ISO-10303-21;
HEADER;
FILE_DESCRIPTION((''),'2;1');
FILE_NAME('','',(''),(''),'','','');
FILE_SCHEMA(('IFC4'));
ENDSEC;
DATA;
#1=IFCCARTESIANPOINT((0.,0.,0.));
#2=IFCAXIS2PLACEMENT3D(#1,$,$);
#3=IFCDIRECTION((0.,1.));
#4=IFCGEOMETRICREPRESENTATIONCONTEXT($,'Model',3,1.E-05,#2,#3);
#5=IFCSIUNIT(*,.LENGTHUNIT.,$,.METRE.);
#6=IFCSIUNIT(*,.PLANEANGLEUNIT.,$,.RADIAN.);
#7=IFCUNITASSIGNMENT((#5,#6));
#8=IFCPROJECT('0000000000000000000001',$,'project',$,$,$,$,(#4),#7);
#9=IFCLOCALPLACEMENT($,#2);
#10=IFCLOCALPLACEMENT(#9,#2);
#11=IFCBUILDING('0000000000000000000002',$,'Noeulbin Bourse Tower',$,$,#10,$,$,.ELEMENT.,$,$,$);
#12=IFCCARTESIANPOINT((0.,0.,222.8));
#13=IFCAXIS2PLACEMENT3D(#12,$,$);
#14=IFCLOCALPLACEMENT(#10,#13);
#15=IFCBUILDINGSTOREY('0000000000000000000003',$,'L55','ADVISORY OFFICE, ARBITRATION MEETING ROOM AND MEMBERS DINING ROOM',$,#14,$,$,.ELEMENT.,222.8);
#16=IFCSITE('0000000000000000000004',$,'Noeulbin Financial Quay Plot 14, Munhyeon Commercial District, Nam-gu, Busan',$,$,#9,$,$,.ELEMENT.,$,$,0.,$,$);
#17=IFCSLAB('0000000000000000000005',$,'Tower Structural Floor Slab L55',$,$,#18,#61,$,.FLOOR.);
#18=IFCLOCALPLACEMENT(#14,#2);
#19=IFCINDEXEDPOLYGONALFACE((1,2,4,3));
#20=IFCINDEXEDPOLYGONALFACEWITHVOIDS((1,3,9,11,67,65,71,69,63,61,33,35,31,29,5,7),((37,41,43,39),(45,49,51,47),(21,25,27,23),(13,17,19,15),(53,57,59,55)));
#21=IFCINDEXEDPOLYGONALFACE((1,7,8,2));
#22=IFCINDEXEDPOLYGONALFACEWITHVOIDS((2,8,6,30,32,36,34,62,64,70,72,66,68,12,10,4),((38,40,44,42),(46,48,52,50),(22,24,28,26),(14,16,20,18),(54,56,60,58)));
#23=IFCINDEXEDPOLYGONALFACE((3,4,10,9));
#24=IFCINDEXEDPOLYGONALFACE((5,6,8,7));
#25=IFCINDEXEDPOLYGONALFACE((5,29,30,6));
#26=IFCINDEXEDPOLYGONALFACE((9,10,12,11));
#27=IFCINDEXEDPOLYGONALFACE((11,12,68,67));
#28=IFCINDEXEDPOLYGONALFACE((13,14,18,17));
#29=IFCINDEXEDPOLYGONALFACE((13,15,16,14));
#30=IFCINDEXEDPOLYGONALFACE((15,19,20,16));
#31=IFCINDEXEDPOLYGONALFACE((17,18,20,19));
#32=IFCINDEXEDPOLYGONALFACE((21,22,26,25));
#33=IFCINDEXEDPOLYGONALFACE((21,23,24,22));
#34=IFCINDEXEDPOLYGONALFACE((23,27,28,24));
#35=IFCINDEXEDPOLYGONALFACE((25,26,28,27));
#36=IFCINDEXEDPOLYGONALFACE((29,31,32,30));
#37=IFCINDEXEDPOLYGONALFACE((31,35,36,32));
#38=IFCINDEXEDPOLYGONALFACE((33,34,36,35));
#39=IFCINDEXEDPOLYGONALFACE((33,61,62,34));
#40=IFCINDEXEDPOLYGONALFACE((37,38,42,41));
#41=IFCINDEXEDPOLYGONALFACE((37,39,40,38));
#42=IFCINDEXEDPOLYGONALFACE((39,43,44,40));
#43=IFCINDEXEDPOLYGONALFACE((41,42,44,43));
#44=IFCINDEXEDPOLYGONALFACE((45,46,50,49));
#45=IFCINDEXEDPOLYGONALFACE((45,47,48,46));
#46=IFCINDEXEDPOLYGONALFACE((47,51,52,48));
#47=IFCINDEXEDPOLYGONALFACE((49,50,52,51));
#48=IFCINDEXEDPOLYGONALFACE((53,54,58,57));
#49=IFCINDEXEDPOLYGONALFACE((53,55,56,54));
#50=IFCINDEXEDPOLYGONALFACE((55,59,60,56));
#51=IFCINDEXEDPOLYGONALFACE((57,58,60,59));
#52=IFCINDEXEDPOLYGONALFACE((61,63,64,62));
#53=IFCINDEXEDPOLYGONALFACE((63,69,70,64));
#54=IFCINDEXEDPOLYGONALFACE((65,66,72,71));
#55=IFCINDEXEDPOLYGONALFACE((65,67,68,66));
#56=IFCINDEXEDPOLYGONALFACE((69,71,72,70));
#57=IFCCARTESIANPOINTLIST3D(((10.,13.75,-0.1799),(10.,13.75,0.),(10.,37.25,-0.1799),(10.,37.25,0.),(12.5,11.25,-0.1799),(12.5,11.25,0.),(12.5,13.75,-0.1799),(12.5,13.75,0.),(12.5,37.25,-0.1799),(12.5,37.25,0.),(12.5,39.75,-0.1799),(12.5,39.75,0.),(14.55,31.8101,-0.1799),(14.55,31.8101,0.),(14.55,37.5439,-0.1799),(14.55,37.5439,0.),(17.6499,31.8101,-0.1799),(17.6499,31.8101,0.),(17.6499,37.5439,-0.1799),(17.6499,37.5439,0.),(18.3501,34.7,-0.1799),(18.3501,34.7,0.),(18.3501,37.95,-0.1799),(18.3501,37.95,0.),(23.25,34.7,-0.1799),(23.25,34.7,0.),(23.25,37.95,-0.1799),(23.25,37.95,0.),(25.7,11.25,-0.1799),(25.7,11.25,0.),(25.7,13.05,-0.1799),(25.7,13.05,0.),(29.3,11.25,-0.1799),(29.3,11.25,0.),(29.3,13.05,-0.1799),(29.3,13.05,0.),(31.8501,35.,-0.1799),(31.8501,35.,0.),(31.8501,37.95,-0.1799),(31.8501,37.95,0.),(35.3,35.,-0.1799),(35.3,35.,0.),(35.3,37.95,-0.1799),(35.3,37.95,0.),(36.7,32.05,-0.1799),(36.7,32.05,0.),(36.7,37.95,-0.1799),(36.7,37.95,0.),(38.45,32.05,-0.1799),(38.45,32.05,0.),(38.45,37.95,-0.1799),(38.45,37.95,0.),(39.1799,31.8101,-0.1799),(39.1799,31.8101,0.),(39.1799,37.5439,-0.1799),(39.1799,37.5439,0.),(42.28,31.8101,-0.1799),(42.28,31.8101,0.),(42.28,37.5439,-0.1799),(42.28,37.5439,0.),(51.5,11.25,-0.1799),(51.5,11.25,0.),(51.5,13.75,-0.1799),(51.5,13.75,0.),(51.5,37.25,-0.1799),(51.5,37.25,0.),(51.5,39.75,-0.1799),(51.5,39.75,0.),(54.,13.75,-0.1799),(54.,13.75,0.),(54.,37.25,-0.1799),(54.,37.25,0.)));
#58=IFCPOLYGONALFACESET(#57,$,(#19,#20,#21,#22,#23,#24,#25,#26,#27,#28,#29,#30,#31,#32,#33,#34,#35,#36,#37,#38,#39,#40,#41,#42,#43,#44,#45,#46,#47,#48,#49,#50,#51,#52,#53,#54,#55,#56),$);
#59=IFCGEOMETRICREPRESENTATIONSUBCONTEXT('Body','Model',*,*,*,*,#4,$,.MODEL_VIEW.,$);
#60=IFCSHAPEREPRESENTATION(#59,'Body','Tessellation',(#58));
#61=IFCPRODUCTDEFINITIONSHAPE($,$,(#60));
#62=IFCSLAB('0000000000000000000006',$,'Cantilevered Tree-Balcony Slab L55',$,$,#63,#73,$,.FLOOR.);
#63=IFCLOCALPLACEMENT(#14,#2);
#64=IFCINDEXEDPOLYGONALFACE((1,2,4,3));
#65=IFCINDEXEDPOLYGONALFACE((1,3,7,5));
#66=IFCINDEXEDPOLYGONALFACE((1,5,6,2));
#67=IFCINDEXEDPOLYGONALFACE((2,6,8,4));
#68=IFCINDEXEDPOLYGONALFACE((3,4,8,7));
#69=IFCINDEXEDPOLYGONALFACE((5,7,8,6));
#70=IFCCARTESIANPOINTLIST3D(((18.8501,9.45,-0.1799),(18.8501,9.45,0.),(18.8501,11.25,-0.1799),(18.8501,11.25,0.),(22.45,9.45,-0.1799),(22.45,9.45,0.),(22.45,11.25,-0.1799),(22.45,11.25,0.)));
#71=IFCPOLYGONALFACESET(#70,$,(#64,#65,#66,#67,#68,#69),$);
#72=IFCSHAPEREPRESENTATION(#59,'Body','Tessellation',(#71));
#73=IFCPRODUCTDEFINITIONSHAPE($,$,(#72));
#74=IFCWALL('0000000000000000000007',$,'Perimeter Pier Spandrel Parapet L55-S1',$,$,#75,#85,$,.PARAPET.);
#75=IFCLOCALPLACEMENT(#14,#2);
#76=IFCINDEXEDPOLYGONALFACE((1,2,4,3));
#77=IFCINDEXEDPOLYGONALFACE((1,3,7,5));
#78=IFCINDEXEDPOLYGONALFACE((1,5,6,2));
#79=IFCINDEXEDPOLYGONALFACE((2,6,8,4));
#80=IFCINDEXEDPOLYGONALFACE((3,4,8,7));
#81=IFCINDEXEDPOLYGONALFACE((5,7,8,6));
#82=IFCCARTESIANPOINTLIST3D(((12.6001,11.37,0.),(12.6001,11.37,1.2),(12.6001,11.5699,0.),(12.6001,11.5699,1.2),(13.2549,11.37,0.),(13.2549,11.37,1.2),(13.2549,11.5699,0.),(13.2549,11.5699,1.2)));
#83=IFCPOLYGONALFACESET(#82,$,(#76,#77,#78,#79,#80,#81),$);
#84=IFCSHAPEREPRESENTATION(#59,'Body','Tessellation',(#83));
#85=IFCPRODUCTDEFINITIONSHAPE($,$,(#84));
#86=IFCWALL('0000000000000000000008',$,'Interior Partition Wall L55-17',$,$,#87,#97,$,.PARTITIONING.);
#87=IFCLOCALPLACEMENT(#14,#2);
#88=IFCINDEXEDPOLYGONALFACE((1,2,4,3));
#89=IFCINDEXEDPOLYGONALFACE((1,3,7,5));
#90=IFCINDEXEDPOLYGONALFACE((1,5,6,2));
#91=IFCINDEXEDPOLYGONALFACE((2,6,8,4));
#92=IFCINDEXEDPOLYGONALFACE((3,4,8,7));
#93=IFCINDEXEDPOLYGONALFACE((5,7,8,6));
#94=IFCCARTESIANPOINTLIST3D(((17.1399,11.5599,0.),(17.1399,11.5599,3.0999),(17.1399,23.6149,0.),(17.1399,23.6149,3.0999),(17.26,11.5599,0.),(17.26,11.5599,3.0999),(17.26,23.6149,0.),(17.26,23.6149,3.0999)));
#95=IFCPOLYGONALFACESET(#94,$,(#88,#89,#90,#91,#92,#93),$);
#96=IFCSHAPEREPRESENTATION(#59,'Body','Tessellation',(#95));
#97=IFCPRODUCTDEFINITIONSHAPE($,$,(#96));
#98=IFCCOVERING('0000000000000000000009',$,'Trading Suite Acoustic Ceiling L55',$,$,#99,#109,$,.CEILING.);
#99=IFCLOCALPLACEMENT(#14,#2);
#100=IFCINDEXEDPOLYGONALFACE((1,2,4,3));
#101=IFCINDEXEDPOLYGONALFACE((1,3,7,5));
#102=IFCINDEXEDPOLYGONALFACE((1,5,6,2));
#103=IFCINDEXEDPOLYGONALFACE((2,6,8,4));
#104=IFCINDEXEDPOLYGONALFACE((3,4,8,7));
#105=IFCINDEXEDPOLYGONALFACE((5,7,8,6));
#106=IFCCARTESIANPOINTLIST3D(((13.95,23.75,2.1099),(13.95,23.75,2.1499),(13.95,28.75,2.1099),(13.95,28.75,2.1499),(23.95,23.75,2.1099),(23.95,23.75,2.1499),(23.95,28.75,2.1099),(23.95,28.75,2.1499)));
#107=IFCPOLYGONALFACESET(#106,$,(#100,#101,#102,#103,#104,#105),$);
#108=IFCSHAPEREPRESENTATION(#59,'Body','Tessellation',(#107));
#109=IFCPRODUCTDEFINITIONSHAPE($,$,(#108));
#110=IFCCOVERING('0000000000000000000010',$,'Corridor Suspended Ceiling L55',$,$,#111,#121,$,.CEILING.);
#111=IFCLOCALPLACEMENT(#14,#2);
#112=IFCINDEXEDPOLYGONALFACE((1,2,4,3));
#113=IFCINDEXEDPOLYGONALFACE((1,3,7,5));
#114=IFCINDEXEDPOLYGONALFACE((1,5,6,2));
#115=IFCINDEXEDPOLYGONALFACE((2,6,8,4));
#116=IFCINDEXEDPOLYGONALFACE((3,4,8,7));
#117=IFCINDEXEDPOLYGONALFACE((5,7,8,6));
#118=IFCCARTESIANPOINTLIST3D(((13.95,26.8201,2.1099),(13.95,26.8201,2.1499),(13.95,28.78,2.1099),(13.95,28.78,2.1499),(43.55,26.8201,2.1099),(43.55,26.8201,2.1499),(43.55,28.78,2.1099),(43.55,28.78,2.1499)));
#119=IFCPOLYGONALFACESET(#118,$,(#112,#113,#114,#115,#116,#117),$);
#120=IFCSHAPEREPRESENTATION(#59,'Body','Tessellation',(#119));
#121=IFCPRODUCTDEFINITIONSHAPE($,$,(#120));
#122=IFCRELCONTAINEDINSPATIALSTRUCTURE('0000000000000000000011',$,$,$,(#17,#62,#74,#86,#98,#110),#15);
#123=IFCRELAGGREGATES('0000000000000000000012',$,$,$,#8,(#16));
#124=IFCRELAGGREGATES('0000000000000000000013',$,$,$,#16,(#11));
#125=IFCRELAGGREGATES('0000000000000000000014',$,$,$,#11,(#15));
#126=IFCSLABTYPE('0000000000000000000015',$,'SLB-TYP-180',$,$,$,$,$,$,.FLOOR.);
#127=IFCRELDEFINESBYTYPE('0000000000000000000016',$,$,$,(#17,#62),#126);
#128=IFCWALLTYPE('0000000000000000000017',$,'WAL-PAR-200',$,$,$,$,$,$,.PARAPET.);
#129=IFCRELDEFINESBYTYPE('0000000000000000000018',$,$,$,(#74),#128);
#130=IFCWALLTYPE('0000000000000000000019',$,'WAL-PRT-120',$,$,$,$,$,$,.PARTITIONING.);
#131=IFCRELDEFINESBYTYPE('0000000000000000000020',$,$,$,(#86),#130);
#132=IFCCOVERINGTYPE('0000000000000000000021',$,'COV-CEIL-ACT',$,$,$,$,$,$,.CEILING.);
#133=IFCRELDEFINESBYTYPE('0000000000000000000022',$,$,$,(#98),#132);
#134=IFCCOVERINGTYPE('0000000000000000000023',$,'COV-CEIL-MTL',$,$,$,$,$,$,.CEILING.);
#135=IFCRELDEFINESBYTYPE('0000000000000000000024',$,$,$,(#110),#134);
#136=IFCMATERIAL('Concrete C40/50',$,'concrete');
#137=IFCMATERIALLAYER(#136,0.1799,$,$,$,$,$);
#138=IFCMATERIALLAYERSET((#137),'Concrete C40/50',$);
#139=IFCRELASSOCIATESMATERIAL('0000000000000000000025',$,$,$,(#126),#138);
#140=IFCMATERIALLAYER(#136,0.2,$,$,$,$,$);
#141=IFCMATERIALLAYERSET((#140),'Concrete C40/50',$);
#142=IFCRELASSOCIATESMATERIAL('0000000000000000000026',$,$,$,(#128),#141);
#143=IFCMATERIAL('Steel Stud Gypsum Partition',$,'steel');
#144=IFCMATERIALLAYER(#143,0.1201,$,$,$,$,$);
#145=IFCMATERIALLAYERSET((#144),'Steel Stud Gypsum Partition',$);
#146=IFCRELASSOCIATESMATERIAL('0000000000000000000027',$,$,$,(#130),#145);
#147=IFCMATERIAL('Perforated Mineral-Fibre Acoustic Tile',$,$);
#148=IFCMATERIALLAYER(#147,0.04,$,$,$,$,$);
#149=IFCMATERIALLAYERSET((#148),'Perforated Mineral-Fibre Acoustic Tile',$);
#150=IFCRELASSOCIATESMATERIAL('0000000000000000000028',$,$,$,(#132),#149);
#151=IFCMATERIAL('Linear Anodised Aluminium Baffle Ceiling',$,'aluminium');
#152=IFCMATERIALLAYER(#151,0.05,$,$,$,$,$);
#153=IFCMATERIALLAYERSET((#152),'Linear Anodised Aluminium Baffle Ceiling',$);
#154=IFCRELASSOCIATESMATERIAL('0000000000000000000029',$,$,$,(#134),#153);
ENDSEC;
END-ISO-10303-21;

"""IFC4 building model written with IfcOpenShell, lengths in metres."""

from ifc_helpers import new_model, si_unit, direction, frame, frame_2d, origin, place, context, subcontext, project, spatial, polyline, rectangle, outline, extrude, material, layer, layer_set, type_object, element, save


model = new_model("IFC4")

# Units and contexts
model_context = context("Model", 3, precision=1e-05, world=origin(), true_north=direction((0.0, 1.0)))
body_context = subcontext(model_context, "Body", "Model", "MODEL_VIEW")
ifc_project = project(units=[si_unit("LENGTHUNIT", "METRE"), si_unit("PLANEANGLEUNIT", "RADIAN")], contexts=[model_context])

# Site, building, storey
site_placement = place(None, origin())
site = spatial("IfcSite", under=ifc_project, at=site_placement, Name="Noeulbin Financial Quay Plot 14, Munhyeon Commercial District, Nam-gu, Busan", CompositionType="ELEMENT", RefElevation=0.0)
building_placement = place(site_placement, origin())
building = spatial("IfcBuilding", under=site, at=building_placement, Name="Noeulbin Bourse Tower", CompositionType="ELEMENT")
storey_placement = place(building_placement, frame((0.0, 0.0, 222.8)))
storey = spatial("IfcBuildingStorey", under=building, at=storey_placement, Name="L55", Description="ADVISORY OFFICE, ARBITRATION MEETING ROOM AND MEMBERS DINING ROOM", CompositionType="ELEMENT", Elevation=222.8)

# Shared definitions
ifc_material_1 = material(Name="Concrete C40/50", Category="concrete")

# Slab, openings
ifc_layer_1 = layer(ifc_material_1, 0.1799)
ifc_layer_set_1 = layer_set([ifc_layer_1], Name="Concrete C40/50")
slab_type_1 = type_object("IfcSlabType", Name="SLB-TYP-180", PredefinedType="FLOOR", material=ifc_layer_set_1)
slab_1_placement = place(storey_placement, frame((0.0, 0.0, -0.1799)))
slab_1 = element("IfcSlab", 1, at=slab_1_placement, inside=storey, type_object=slab_type_1, Name="Tower Structural Floor Slab L55", PredefinedType="FLOOR", context=body_context, shape_type="SweptSolid", body=[
    extrude(outline(polyline([(12.5, 11.25), (25.7, 11.25), (25.7, 13.05), (29.3, 13.05), (29.3, 11.25), (51.5, 11.25), (51.5, 13.75), (54.0, 13.75), (54.0, 37.25), (51.5, 37.25), (51.5, 39.75), (12.5, 39.75), (12.5, 37.25), (10.0, 37.25), (10.0, 13.75), (12.5, 13.75), (12.5, 11.25)]), holes=[polyline([(17.6499, 31.8101), (17.6499, 37.5439), (14.55, 37.5439), (14.55, 31.8101), (17.6499, 31.8101)]), polyline([(42.28, 31.8101), (42.28, 37.5439), (39.1799, 37.5439), (39.1799, 31.8101), (42.28, 31.8101)]), polyline([(18.3501, 34.7), (23.25, 34.7), (23.25, 37.95), (18.3501, 37.95), (18.3501, 34.7)]), polyline([(36.7, 32.05), (38.45, 32.05), (38.45, 37.95), (36.7, 37.95), (36.7, 32.05)]), polyline([(31.8501, 35.0), (35.3, 35.0), (35.3, 37.95), (31.8501, 37.95), (31.8501, 35.0)])]), origin(), (0.0, 0.0, 1.0), 0.1799),
])
opening_1_placement = place(slab_1_placement, frame((0.0, 0.0, -0.01)))
element("IfcOpeningElement", 2, at=opening_1_placement, cuts=slab_1, PredefinedType="OPENING", context=body_context, shape_type="SweptSolid", body=[
    extrude(outline(polyline([(17.6499, 31.8101), (17.6499, 37.5439), (14.55, 37.5439), (14.55, 31.8101), (17.6499, 31.8101)])), origin(), (0.0, 0.0, 1.0), 0.2),
])
opening_2_placement = place(slab_1_placement, frame((0.0, 0.0, -0.01)))
element("IfcOpeningElement", 3, at=opening_2_placement, cuts=slab_1, PredefinedType="OPENING", context=body_context, shape_type="SweptSolid", body=[
    extrude(outline(polyline([(42.28, 31.8101), (42.28, 37.5439), (39.1799, 37.5439), (39.1799, 31.8101), (42.28, 31.8101)])), origin(), (0.0, 0.0, 1.0), 0.2),
])
opening_3_placement = place(slab_1_placement, frame((0.0, 0.0, -0.01)))
element("IfcOpeningElement", 4, at=opening_3_placement, cuts=slab_1, PredefinedType="OPENING", context=body_context, shape_type="SweptSolid", body=[
    extrude(outline(polyline([(18.3501, 34.7), (23.25, 34.7), (23.25, 37.95), (18.3501, 37.95), (18.3501, 34.7)])), origin(), (0.0, 0.0, 1.0), 0.2),
])
opening_4_placement = place(slab_1_placement, frame((0.0, 0.0, -0.01)))
element("IfcOpeningElement", 5, at=opening_4_placement, cuts=slab_1, PredefinedType="OPENING", context=body_context, shape_type="SweptSolid", body=[
    extrude(outline(polyline([(36.7, 32.05), (38.45, 32.05), (38.45, 37.95), (36.7, 37.95), (36.7, 32.05)])), origin(), (0.0, 0.0, 1.0), 0.2),
])
opening_5_placement = place(slab_1_placement, frame((0.0, 0.0, -0.01)))
element("IfcOpeningElement", 6, at=opening_5_placement, cuts=slab_1, PredefinedType="OPENING", context=body_context, shape_type="SweptSolid", body=[
    extrude(outline(polyline([(31.8501, 35.0), (35.3, 35.0), (35.3, 37.95), (31.8501, 37.95), (31.8501, 35.0)])), origin(), (0.0, 0.0, 1.0), 0.2),
])

# Slab
slab_2_placement = place(storey_placement, frame((0.0, 0.0, -0.1799)))
element("IfcSlab", 7, at=slab_2_placement, inside=storey, type_object=slab_type_1, Name="Cantilevered Tree-Balcony Slab L55", PredefinedType="FLOOR", context=body_context, shape_type="SweptSolid", body=[
    extrude(outline(polyline([(18.8501, 9.45), (22.45, 9.45), (22.45, 11.25), (18.8501, 11.25), (18.8501, 9.45)])), origin(), (0.0, 0.0, 1.0), 0.1799),
])

# Walls
ifc_layer_2 = layer(ifc_material_1, 0.2)
ifc_layer_set_2 = layer_set([ifc_layer_2], Name="Concrete C40/50")
wall_type_1 = type_object("IfcWallType", Name="WAL-PAR-200", PredefinedType="PARAPET", material=ifc_layer_set_2)
wall_1_placement = place(storey_placement, frame((12.6001, 11.47, 0.0), z_axis=(0.0, 0.0, 1.0), x_axis=(1.0, 0.0, 0.0)))
element("IfcWall", 8, at=wall_1_placement, inside=storey, type_object=wall_type_1, Name="Perimeter Pier Spandrel Parapet L55-S1", PredefinedType="PARAPET", context=body_context, shape_type="SweptSolid", body=[
    extrude(rectangle(XDim=0.6548, YDim=0.2, at=frame_2d((0.3274, 0.0))), origin(), (0.0, 0.0, 1.0), 1.2),
])
ifc_material_2 = material(Name="Steel Stud Gypsum Partition", Category="steel")
ifc_layer_3 = layer(ifc_material_2, 0.1201)
ifc_layer_set_3 = layer_set([ifc_layer_3], Name="Steel Stud Gypsum Partition")
wall_type_2 = type_object("IfcWallType", Name="WAL-PRT-120", PredefinedType="PARTITIONING", material=ifc_layer_set_3)
wall_2_placement = place(storey_placement, frame((17.2, 11.5601, 0.0), z_axis=(0.0, 0.0, 1.0), x_axis=(0.0, 1.0, 0.0)))
element("IfcWall", 9, at=wall_2_placement, inside=storey, type_object=wall_type_2, Name="Interior Partition Wall L55-17", PredefinedType="PARTITIONING", context=body_context, shape_type="SweptSolid", body=[
    extrude(rectangle(XDim=12.0549, YDim=0.1201, at=frame_2d((6.0273, 0.0))), origin(), (0.0, 0.0, 1.0), 3.0999),
])

# Coverings
ifc_material_3 = material(Name="Perforated Mineral-Fibre Acoustic Tile")
ifc_layer_4 = layer(ifc_material_3, 0.04)
ifc_layer_set_4 = layer_set([ifc_layer_4], Name="Perforated Mineral-Fibre Acoustic Tile")
covering_type_1 = type_object("IfcCoveringType", Name="COV-CEIL-ACT", PredefinedType="CEILING", material=ifc_layer_set_4)
covering_1_placement = place(storey_placement, frame((0.0, 0.0, 2.1099)))
element("IfcCovering", 10, at=covering_1_placement, inside=storey, type_object=covering_type_1, Name="Trading Suite Acoustic Ceiling L55", PredefinedType="CEILING", context=body_context, shape_type="SweptSolid", body=[
    extrude(outline(polyline([(13.95, 23.75), (23.95, 23.75), (23.95, 28.75), (13.95, 28.75), (13.95, 23.75)])), origin(), (0.0, 0.0, 1.0), 0.04),
])
ifc_material_4 = material(Name="Linear Anodised Aluminium Baffle Ceiling", Category="aluminium")
ifc_layer_5 = layer(ifc_material_4, 0.05)
ifc_layer_set_5 = layer_set([ifc_layer_5], Name="Linear Anodised Aluminium Baffle Ceiling")
covering_type_2 = type_object("IfcCoveringType", Name="COV-CEIL-MTL", PredefinedType="CEILING", material=ifc_layer_set_5)
covering_2_placement = place(storey_placement, frame((0.0, 0.0, 2.1099)))
element("IfcCovering", 11, at=covering_2_placement, inside=storey, type_object=covering_type_2, Name="Corridor Suspended Ceiling L55", PredefinedType="CEILING", context=body_context, shape_type="SweptSolid", body=[
    extrude(outline(polyline([(13.95, 26.8201), (43.55, 26.8201), (43.55, 28.78), (13.95, 28.78), (13.95, 26.8201)])), origin(), (0.0, 0.0, 1.0), 0.04),
])

save(model, "model.ifc")
